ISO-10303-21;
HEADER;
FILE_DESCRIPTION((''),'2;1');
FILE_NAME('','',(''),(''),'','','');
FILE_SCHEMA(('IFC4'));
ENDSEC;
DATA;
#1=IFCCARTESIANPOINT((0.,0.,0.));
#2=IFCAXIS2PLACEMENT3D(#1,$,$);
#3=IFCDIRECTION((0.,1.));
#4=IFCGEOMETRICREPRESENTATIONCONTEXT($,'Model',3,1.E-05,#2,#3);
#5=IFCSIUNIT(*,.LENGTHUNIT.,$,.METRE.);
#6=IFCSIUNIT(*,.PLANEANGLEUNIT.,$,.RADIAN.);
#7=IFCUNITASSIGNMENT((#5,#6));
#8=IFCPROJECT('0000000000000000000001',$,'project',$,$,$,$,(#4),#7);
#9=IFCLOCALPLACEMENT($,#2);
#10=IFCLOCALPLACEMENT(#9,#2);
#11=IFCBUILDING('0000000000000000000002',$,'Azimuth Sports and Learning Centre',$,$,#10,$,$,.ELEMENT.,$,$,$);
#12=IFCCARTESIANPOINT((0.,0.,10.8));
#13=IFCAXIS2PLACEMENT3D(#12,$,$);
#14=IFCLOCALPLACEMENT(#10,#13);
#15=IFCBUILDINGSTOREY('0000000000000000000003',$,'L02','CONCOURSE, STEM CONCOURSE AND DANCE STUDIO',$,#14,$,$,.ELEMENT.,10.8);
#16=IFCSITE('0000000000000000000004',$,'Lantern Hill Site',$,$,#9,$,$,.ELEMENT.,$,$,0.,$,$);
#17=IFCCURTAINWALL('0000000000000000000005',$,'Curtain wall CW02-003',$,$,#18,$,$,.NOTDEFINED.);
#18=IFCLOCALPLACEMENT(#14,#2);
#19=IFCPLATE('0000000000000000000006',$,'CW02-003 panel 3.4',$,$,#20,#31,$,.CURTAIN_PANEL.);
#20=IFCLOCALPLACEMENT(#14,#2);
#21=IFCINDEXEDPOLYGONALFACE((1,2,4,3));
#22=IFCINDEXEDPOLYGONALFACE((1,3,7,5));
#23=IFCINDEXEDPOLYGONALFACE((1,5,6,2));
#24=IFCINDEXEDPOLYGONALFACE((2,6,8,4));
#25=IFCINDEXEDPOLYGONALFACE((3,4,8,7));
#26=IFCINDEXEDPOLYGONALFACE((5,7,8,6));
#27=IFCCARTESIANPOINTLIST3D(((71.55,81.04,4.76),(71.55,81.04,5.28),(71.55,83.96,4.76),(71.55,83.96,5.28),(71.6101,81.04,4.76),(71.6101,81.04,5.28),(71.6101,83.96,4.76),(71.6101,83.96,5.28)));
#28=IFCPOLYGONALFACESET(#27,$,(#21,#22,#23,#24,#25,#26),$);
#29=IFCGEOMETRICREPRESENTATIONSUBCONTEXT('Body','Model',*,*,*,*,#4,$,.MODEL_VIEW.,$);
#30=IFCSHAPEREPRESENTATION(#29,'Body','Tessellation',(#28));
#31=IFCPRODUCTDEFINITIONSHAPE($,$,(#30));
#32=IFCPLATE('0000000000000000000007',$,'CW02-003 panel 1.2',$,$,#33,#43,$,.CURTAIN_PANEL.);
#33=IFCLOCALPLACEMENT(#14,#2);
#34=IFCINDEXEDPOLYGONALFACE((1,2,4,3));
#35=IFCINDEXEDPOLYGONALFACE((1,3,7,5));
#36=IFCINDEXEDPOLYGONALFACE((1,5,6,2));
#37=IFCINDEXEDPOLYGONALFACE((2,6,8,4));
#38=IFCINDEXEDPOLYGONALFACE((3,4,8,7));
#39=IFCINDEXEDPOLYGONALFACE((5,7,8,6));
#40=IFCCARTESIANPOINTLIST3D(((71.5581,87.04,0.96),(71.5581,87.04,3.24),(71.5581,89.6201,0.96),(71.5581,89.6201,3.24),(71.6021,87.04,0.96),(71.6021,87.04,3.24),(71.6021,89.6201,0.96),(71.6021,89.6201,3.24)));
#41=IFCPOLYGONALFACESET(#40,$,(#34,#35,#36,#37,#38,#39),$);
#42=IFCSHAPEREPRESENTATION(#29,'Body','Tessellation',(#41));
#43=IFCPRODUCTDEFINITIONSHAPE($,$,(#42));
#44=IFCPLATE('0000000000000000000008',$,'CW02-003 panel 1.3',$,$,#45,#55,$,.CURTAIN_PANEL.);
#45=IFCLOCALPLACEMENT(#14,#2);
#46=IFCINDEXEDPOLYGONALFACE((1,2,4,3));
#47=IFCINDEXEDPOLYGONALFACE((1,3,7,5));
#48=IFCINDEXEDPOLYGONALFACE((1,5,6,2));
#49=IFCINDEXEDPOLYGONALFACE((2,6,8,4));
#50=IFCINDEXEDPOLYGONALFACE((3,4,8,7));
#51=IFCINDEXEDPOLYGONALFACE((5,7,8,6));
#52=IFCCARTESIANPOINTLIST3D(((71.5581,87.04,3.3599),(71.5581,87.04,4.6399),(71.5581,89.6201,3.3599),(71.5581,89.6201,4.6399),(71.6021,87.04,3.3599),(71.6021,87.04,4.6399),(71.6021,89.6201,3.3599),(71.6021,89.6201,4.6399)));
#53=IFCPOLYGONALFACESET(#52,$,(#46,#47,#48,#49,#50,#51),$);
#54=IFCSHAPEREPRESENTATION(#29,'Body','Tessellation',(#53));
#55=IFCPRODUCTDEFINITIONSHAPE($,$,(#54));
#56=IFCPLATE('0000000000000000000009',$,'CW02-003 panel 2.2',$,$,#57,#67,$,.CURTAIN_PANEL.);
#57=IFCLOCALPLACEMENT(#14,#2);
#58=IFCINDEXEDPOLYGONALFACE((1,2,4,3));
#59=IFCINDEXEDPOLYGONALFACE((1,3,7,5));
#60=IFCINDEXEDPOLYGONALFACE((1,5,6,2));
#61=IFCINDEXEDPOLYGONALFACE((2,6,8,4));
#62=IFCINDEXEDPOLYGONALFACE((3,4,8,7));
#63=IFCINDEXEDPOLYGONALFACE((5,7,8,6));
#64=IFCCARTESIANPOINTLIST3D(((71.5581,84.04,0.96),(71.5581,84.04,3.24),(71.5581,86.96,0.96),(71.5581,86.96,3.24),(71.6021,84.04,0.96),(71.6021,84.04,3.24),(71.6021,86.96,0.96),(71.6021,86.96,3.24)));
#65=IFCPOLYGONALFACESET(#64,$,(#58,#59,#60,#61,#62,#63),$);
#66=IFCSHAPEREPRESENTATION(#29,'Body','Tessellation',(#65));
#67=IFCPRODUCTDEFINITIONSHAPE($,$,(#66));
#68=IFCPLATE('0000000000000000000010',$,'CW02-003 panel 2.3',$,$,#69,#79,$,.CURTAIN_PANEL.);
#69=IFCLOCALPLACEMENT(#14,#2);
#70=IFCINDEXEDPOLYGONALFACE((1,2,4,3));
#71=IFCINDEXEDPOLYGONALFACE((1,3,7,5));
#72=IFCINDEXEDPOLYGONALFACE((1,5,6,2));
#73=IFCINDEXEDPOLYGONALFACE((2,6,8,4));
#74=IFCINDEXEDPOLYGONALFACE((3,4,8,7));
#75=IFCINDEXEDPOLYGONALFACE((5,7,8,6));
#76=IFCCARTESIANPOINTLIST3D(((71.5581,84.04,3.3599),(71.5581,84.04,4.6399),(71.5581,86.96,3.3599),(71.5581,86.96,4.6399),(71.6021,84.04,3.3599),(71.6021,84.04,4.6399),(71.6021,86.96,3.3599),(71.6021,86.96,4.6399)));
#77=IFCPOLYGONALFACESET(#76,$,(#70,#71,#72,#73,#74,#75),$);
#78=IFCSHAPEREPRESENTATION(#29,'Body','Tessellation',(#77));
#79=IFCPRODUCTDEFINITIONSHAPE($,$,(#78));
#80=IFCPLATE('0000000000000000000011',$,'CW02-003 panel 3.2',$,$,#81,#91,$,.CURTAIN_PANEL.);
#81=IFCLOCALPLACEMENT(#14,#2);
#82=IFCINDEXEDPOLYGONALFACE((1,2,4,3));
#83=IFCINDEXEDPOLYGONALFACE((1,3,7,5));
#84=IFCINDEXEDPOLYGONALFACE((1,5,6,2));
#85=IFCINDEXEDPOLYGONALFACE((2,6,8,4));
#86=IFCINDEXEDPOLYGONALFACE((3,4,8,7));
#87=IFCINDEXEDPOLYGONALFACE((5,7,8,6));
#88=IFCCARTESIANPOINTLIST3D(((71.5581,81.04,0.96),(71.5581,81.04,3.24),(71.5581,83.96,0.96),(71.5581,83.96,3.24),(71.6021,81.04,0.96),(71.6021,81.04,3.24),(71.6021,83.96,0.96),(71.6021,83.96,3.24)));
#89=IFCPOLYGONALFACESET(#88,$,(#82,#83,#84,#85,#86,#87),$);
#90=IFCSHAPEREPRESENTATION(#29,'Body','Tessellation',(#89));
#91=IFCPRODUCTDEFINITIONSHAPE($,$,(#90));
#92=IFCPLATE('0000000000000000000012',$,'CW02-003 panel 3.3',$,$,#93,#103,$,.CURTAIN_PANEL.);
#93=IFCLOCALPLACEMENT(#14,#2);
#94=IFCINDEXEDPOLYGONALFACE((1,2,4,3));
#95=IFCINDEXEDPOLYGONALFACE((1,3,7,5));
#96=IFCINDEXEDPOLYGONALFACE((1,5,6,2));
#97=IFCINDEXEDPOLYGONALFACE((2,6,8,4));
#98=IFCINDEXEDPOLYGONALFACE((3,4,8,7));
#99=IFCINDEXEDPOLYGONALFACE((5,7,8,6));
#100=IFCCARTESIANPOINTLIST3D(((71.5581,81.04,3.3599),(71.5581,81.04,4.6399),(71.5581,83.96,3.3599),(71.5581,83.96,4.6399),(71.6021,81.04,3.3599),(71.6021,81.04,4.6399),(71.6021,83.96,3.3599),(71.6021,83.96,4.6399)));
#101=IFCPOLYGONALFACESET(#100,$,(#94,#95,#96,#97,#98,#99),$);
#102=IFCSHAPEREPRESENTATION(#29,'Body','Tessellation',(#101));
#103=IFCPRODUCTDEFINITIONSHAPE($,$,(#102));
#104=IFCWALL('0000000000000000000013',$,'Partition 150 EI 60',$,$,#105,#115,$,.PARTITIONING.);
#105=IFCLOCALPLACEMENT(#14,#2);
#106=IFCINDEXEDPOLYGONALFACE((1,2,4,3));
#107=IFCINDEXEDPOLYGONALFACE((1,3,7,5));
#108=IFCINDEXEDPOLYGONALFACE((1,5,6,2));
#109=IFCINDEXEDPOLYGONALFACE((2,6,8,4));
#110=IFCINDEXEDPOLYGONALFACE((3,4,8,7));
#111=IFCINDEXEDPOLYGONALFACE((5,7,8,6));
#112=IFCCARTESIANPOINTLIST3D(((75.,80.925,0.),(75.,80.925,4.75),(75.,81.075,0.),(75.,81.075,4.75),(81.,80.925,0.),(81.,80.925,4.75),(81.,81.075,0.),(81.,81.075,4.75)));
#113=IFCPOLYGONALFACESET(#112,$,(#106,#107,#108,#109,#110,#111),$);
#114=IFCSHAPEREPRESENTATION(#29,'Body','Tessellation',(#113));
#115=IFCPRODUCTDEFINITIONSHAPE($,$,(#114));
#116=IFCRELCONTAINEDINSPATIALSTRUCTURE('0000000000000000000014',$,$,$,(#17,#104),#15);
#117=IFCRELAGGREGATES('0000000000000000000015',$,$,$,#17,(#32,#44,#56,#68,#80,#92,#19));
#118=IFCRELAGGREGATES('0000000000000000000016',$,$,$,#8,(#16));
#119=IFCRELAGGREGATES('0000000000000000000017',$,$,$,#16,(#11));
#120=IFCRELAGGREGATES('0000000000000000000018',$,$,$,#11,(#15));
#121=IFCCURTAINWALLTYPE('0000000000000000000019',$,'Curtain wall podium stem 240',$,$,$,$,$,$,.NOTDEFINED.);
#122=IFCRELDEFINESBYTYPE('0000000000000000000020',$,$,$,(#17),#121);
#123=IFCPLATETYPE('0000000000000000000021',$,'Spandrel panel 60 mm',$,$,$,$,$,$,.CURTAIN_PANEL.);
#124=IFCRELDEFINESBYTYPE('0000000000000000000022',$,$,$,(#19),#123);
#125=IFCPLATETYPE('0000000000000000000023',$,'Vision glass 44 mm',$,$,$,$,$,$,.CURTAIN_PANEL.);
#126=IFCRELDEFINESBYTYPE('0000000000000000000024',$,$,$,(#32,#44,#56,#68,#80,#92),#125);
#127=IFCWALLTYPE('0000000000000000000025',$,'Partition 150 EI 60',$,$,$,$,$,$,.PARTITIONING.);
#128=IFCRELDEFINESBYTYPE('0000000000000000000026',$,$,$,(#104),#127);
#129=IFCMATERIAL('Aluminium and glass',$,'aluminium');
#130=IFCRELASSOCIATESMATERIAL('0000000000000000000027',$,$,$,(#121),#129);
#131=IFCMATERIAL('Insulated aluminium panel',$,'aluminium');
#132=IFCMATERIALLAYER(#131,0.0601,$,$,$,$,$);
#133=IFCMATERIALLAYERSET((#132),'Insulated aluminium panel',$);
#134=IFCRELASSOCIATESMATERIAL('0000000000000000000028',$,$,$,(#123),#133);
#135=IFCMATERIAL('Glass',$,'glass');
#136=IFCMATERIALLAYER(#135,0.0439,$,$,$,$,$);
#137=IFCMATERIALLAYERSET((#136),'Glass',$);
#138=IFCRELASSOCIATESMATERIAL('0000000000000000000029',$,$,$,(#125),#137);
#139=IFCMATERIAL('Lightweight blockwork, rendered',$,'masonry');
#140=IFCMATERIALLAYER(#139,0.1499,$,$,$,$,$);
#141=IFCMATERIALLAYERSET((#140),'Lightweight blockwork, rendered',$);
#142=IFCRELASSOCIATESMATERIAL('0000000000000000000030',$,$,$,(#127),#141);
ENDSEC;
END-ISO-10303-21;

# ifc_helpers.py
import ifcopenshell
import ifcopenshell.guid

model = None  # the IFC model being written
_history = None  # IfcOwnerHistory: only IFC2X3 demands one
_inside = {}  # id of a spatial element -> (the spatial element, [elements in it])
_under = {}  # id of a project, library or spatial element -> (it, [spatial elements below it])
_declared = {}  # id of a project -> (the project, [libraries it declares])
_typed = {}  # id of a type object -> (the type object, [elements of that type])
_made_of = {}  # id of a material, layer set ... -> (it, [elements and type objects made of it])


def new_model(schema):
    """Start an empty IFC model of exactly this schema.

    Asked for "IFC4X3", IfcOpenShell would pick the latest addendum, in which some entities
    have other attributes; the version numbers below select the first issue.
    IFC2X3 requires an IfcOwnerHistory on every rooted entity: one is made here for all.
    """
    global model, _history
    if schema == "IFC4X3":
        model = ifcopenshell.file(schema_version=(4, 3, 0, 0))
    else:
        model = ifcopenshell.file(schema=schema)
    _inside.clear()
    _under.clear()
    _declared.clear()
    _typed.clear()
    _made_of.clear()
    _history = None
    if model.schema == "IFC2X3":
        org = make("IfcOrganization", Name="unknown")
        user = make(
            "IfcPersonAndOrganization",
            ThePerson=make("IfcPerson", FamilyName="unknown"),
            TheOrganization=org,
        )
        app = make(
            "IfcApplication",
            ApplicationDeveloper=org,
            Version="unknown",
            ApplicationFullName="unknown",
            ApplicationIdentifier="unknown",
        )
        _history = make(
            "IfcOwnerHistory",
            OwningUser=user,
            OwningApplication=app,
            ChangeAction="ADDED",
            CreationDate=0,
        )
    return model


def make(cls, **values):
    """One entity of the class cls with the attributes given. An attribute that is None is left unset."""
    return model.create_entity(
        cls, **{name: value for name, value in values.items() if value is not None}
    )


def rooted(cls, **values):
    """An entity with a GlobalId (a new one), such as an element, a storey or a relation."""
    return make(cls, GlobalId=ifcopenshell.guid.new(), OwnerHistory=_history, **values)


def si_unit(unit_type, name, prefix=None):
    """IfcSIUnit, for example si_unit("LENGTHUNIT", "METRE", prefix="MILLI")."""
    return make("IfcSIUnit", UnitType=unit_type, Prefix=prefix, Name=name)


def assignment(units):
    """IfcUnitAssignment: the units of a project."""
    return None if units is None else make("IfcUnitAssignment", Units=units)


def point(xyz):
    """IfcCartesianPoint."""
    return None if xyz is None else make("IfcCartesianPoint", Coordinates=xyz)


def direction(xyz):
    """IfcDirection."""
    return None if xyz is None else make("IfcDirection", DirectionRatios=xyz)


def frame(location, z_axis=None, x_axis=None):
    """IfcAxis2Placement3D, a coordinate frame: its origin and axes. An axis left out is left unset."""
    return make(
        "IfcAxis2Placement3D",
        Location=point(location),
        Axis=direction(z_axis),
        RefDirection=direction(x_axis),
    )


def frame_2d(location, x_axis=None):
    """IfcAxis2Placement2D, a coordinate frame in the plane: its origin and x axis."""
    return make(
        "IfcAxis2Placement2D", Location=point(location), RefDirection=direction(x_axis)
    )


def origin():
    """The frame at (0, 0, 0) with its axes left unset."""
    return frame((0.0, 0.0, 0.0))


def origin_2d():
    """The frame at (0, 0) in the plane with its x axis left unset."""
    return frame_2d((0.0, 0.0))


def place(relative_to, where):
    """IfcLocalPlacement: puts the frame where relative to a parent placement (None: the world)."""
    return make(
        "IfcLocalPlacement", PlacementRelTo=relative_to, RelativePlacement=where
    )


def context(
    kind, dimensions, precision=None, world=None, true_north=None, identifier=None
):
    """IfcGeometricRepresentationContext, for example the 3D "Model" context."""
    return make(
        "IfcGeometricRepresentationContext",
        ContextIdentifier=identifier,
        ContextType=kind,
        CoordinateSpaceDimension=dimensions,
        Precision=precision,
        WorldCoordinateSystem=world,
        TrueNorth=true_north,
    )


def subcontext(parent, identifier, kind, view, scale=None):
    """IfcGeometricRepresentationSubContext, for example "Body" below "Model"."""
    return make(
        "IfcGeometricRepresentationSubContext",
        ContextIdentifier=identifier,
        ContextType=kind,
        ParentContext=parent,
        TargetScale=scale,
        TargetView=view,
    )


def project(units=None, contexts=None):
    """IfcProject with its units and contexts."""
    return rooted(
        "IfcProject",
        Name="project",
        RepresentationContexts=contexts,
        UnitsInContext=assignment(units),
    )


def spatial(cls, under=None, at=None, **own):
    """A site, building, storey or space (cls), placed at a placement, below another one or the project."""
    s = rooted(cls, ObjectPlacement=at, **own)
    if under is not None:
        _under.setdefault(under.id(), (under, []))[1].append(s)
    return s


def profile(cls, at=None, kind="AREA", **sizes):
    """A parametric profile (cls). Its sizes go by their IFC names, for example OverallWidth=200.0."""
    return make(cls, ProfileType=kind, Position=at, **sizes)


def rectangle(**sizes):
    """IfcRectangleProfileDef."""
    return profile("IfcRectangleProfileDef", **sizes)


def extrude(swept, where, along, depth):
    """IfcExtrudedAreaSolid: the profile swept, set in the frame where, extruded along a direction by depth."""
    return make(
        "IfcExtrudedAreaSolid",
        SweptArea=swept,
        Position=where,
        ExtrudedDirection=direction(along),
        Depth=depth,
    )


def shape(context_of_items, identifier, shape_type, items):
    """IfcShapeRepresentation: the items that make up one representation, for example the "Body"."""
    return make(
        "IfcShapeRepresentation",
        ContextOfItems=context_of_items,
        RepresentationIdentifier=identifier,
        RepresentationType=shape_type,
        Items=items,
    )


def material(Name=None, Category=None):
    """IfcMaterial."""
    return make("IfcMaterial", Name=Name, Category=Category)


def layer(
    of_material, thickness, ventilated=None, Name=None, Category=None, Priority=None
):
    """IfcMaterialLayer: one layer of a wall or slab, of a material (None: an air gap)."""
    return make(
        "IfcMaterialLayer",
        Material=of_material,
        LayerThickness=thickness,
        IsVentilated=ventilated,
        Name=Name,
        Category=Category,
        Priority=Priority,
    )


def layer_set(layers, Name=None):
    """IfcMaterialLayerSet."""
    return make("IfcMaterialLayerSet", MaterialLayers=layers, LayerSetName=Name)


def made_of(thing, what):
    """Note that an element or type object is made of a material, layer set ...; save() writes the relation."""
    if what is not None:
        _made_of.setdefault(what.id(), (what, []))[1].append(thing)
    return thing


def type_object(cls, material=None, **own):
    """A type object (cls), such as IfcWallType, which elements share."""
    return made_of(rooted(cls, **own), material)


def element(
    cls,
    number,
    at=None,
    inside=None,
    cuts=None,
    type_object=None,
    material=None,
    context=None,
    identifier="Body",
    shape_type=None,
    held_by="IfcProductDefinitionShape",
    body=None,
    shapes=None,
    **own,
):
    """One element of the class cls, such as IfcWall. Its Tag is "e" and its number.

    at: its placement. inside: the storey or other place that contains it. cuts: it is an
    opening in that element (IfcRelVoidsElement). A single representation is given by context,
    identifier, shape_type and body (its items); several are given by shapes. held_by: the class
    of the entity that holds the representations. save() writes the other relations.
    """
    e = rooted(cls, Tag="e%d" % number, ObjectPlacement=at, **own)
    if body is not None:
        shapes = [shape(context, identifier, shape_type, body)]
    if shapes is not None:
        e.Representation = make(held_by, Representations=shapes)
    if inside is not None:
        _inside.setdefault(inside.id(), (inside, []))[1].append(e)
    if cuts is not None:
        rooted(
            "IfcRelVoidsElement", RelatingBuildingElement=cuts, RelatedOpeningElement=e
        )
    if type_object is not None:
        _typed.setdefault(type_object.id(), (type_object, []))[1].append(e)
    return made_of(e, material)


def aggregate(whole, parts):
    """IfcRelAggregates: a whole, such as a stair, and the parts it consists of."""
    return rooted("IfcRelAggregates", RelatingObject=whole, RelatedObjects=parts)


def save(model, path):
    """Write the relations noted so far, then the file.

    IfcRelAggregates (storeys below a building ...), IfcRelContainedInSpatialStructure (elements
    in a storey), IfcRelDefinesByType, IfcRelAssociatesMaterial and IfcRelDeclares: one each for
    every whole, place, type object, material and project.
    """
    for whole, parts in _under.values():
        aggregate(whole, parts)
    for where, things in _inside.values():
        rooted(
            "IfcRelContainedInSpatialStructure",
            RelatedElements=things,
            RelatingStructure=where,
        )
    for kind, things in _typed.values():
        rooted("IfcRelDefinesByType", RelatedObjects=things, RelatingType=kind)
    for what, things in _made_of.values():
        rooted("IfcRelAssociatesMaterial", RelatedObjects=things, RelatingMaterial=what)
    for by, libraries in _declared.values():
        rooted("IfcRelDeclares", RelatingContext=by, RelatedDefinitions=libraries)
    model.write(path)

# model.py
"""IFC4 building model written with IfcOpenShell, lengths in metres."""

from ifc_helpers import new_model, si_unit, direction, frame, frame_2d, origin, origin_2d, place, context, subcontext, project, spatial, rectangle, extrude, material, layer, layer_set, type_object, element, aggregate, save


model = new_model("IFC4")

# Units and contexts
model_context = context("Model", 3, precision=1e-05, world=origin(), true_north=direction((0.0, 1.0)))
body_context = subcontext(model_context, "Body", "Model", "MODEL_VIEW")
ifc_project = project(units=[si_unit("LENGTHUNIT", "METRE"), si_unit("PLANEANGLEUNIT", "RADIAN")], contexts=[model_context])

# Site, building, storey
site_placement = place(None, origin())
site = spatial("IfcSite", under=ifc_project, at=site_placement, Name="Lantern Hill Site", CompositionType="ELEMENT", RefElevation=0.0)
building_placement = place(site_placement, origin())
building = spatial("IfcBuilding", under=site, at=building_placement, Name="Azimuth Sports and Learning Centre", CompositionType="ELEMENT")
storey_placement = place(building_placement, frame((0.0, 0.0, 10.8)))
storey = spatial("IfcBuildingStorey", under=building, at=storey_placement, Name="L02", Description="CONCOURSE, STEM CONCOURSE AND DANCE STUDIO", CompositionType="ELEMENT", Elevation=10.8)

# Curtain wall, plates
ifc_material_1 = material(Name="Aluminium and glass", Category="aluminium")
curtain_wall_type = type_object("IfcCurtainWallType", Name="Curtain wall podium stem 240", PredefinedType="NOTDEFINED", material=ifc_material_1)
curtain_wall_placement = place(storey_placement, origin())
curtain_wall = element("IfcCurtainWall", 1, at=curtain_wall_placement, inside=storey, type_object=curtain_wall_type, Name="Curtain wall CW02-003", PredefinedType="NOTDEFINED")
ifc_material_2 = material(Name="Insulated aluminium panel", Category="aluminium")
ifc_layer_1 = layer(ifc_material_2, 0.0601)
ifc_layer_set_1 = layer_set([ifc_layer_1], Name="Insulated aluminium panel")
plate_type_1 = type_object("IfcPlateType", Name="Spandrel panel 60 mm", PredefinedType="CURTAIN_PANEL", material=ifc_layer_set_1)
plate_1_placement = place(storey_placement, frame((71.5801, 82.5, 4.76), z_axis=(0.0, 0.0, 1.0), x_axis=(0.0, -1.0, 0.0)))
plate_1 = element("IfcPlate", 2, at=plate_1_placement, type_object=plate_type_1, Name="CW02-003 panel 3.4", PredefinedType="CURTAIN_PANEL", context=body_context, shape_type="SweptSolid", body=[
    extrude(rectangle(XDim=2.9199, YDim=0.0601, at=origin_2d()), origin(), (0.0, 0.0, 1.0), 0.52),
])
ifc_material_3 = material(Name="Glass", Category="glass")
ifc_layer_2 = layer(ifc_material_3, 0.0439)
ifc_layer_set_2 = layer_set([ifc_layer_2], Name="Glass")
plate_type_2 = type_object("IfcPlateType", Name="Vision glass 44 mm", PredefinedType="CURTAIN_PANEL", material=ifc_layer_set_2)
plate_2_placement = place(storey_placement, frame((71.5801, 88.3301, 0.96), z_axis=(0.0, 0.0, 1.0), x_axis=(0.0, -1.0, 0.0)))
plate_2 = element("IfcPlate", 3, at=plate_2_placement, type_object=plate_type_2, Name="CW02-003 panel 1.2", PredefinedType="CURTAIN_PANEL", context=body_context, shape_type="SweptSolid", body=[
    extrude(rectangle(XDim=2.5801, YDim=0.0439, at=origin_2d()), origin(), (0.0, 0.0, 1.0), 2.28),
])
plate_3_placement = place(storey_placement, frame((71.5801, 88.3301, 3.3599), z_axis=(0.0, 0.0, 1.0), x_axis=(0.0, -1.0, 0.0)))
plate_3 = element("IfcPlate", 4, at=plate_3_placement, type_object=plate_type_2, Name="CW02-003 panel 1.3", PredefinedType="CURTAIN_PANEL", context=body_context, shape_type="SweptSolid", body=[
    extrude(rectangle(XDim=2.5801, YDim=0.0439, at=origin_2d()), origin(), (0.0, 0.0, 1.0), 1.28),
])
plate_4_placement = place(storey_placement, frame((71.5801, 85.5, 0.96), z_axis=(0.0, 0.0, 1.0), x_axis=(0.0, -1.0, 0.0)))
plate_4 = element("IfcPlate", 5, at=plate_4_placement, type_object=plate_type_2, Name="CW02-003 panel 2.2", PredefinedType="CURTAIN_PANEL", context=body_context, shape_type="SweptSolid", body=[
    extrude(rectangle(XDim=2.9199, YDim=0.0439, at=origin_2d()), origin(), (0.0, 0.0, 1.0), 2.28),
])
plate_5_placement = place(storey_placement, frame((71.5801, 85.5, 3.3599), z_axis=(0.0, 0.0, 1.0), x_axis=(0.0, -1.0, 0.0)))
plate_5 = element("IfcPlate", 6, at=plate_5_placement, type_object=plate_type_2, Name="CW02-003 panel 2.3", PredefinedType="CURTAIN_PANEL", context=body_context, shape_type="SweptSolid", body=[
    extrude(rectangle(XDim=2.9199, YDim=0.0439, at=origin_2d()), origin(), (0.0, 0.0, 1.0), 1.28),
])
plate_6_placement = place(storey_placement, frame((71.5801, 82.5, 0.96), z_axis=(0.0, 0.0, 1.0), x_axis=(0.0, -1.0, 0.0)))
plate_6 = element("IfcPlate", 7, at=plate_6_placement, type_object=plate_type_2, Name="CW02-003 panel 3.2", PredefinedType="CURTAIN_PANEL", context=body_context, shape_type="SweptSolid", body=[
    extrude(rectangle(XDim=2.9199, YDim=0.0439, at=origin_2d()), origin(), (0.0, 0.0, 1.0), 2.28),
])
plate_7_placement = place(storey_placement, frame((71.5801, 82.5, 3.3599), z_axis=(0.0, 0.0, 1.0), x_axis=(0.0, -1.0, 0.0)))
plate_7 = element("IfcPlate", 8, at=plate_7_placement, type_object=plate_type_2, Name="CW02-003 panel 3.3", PredefinedType="CURTAIN_PANEL", context=body_context, shape_type="SweptSolid", body=[
    extrude(rectangle(XDim=2.9199, YDim=0.0439, at=origin_2d()), origin(), (0.0, 0.0, 1.0), 1.28),
])
aggregate(curtain_wall, [plate_2, plate_3, plate_4, plate_5, plate_6, plate_7, plate_1])

# Wall
ifc_material_4 = material(Name="Lightweight blockwork, rendered", Category="masonry")
ifc_layer_3 = layer(ifc_material_4, 0.1499)
ifc_layer_set_3 = layer_set([ifc_layer_3], Name="Lightweight blockwork, rendered")
wall_type = type_object("IfcWallType", Name="Partition 150 EI 60", PredefinedType="PARTITIONING", material=ifc_layer_set_3)
wall_placement = place(storey_placement, frame((75.0, 81.0, 0.0), z_axis=(0.0, 0.0, 1.0), x_axis=(1.0, 0.0, 0.0)))
element("IfcWall", 9, at=wall_placement, inside=storey, type_object=wall_type, Name="Partition 150 EI 60", PredefinedType="PARTITIONING", context=body_context, shape_type="SweptSolid", body=[
    extrude(rectangle(XDim=6.0, YDim=0.1499, at=frame_2d((3.0, 0.0))), origin(), (0.0, 0.0, 1.0), 4.75),
])

save(model, "model.ifc")
